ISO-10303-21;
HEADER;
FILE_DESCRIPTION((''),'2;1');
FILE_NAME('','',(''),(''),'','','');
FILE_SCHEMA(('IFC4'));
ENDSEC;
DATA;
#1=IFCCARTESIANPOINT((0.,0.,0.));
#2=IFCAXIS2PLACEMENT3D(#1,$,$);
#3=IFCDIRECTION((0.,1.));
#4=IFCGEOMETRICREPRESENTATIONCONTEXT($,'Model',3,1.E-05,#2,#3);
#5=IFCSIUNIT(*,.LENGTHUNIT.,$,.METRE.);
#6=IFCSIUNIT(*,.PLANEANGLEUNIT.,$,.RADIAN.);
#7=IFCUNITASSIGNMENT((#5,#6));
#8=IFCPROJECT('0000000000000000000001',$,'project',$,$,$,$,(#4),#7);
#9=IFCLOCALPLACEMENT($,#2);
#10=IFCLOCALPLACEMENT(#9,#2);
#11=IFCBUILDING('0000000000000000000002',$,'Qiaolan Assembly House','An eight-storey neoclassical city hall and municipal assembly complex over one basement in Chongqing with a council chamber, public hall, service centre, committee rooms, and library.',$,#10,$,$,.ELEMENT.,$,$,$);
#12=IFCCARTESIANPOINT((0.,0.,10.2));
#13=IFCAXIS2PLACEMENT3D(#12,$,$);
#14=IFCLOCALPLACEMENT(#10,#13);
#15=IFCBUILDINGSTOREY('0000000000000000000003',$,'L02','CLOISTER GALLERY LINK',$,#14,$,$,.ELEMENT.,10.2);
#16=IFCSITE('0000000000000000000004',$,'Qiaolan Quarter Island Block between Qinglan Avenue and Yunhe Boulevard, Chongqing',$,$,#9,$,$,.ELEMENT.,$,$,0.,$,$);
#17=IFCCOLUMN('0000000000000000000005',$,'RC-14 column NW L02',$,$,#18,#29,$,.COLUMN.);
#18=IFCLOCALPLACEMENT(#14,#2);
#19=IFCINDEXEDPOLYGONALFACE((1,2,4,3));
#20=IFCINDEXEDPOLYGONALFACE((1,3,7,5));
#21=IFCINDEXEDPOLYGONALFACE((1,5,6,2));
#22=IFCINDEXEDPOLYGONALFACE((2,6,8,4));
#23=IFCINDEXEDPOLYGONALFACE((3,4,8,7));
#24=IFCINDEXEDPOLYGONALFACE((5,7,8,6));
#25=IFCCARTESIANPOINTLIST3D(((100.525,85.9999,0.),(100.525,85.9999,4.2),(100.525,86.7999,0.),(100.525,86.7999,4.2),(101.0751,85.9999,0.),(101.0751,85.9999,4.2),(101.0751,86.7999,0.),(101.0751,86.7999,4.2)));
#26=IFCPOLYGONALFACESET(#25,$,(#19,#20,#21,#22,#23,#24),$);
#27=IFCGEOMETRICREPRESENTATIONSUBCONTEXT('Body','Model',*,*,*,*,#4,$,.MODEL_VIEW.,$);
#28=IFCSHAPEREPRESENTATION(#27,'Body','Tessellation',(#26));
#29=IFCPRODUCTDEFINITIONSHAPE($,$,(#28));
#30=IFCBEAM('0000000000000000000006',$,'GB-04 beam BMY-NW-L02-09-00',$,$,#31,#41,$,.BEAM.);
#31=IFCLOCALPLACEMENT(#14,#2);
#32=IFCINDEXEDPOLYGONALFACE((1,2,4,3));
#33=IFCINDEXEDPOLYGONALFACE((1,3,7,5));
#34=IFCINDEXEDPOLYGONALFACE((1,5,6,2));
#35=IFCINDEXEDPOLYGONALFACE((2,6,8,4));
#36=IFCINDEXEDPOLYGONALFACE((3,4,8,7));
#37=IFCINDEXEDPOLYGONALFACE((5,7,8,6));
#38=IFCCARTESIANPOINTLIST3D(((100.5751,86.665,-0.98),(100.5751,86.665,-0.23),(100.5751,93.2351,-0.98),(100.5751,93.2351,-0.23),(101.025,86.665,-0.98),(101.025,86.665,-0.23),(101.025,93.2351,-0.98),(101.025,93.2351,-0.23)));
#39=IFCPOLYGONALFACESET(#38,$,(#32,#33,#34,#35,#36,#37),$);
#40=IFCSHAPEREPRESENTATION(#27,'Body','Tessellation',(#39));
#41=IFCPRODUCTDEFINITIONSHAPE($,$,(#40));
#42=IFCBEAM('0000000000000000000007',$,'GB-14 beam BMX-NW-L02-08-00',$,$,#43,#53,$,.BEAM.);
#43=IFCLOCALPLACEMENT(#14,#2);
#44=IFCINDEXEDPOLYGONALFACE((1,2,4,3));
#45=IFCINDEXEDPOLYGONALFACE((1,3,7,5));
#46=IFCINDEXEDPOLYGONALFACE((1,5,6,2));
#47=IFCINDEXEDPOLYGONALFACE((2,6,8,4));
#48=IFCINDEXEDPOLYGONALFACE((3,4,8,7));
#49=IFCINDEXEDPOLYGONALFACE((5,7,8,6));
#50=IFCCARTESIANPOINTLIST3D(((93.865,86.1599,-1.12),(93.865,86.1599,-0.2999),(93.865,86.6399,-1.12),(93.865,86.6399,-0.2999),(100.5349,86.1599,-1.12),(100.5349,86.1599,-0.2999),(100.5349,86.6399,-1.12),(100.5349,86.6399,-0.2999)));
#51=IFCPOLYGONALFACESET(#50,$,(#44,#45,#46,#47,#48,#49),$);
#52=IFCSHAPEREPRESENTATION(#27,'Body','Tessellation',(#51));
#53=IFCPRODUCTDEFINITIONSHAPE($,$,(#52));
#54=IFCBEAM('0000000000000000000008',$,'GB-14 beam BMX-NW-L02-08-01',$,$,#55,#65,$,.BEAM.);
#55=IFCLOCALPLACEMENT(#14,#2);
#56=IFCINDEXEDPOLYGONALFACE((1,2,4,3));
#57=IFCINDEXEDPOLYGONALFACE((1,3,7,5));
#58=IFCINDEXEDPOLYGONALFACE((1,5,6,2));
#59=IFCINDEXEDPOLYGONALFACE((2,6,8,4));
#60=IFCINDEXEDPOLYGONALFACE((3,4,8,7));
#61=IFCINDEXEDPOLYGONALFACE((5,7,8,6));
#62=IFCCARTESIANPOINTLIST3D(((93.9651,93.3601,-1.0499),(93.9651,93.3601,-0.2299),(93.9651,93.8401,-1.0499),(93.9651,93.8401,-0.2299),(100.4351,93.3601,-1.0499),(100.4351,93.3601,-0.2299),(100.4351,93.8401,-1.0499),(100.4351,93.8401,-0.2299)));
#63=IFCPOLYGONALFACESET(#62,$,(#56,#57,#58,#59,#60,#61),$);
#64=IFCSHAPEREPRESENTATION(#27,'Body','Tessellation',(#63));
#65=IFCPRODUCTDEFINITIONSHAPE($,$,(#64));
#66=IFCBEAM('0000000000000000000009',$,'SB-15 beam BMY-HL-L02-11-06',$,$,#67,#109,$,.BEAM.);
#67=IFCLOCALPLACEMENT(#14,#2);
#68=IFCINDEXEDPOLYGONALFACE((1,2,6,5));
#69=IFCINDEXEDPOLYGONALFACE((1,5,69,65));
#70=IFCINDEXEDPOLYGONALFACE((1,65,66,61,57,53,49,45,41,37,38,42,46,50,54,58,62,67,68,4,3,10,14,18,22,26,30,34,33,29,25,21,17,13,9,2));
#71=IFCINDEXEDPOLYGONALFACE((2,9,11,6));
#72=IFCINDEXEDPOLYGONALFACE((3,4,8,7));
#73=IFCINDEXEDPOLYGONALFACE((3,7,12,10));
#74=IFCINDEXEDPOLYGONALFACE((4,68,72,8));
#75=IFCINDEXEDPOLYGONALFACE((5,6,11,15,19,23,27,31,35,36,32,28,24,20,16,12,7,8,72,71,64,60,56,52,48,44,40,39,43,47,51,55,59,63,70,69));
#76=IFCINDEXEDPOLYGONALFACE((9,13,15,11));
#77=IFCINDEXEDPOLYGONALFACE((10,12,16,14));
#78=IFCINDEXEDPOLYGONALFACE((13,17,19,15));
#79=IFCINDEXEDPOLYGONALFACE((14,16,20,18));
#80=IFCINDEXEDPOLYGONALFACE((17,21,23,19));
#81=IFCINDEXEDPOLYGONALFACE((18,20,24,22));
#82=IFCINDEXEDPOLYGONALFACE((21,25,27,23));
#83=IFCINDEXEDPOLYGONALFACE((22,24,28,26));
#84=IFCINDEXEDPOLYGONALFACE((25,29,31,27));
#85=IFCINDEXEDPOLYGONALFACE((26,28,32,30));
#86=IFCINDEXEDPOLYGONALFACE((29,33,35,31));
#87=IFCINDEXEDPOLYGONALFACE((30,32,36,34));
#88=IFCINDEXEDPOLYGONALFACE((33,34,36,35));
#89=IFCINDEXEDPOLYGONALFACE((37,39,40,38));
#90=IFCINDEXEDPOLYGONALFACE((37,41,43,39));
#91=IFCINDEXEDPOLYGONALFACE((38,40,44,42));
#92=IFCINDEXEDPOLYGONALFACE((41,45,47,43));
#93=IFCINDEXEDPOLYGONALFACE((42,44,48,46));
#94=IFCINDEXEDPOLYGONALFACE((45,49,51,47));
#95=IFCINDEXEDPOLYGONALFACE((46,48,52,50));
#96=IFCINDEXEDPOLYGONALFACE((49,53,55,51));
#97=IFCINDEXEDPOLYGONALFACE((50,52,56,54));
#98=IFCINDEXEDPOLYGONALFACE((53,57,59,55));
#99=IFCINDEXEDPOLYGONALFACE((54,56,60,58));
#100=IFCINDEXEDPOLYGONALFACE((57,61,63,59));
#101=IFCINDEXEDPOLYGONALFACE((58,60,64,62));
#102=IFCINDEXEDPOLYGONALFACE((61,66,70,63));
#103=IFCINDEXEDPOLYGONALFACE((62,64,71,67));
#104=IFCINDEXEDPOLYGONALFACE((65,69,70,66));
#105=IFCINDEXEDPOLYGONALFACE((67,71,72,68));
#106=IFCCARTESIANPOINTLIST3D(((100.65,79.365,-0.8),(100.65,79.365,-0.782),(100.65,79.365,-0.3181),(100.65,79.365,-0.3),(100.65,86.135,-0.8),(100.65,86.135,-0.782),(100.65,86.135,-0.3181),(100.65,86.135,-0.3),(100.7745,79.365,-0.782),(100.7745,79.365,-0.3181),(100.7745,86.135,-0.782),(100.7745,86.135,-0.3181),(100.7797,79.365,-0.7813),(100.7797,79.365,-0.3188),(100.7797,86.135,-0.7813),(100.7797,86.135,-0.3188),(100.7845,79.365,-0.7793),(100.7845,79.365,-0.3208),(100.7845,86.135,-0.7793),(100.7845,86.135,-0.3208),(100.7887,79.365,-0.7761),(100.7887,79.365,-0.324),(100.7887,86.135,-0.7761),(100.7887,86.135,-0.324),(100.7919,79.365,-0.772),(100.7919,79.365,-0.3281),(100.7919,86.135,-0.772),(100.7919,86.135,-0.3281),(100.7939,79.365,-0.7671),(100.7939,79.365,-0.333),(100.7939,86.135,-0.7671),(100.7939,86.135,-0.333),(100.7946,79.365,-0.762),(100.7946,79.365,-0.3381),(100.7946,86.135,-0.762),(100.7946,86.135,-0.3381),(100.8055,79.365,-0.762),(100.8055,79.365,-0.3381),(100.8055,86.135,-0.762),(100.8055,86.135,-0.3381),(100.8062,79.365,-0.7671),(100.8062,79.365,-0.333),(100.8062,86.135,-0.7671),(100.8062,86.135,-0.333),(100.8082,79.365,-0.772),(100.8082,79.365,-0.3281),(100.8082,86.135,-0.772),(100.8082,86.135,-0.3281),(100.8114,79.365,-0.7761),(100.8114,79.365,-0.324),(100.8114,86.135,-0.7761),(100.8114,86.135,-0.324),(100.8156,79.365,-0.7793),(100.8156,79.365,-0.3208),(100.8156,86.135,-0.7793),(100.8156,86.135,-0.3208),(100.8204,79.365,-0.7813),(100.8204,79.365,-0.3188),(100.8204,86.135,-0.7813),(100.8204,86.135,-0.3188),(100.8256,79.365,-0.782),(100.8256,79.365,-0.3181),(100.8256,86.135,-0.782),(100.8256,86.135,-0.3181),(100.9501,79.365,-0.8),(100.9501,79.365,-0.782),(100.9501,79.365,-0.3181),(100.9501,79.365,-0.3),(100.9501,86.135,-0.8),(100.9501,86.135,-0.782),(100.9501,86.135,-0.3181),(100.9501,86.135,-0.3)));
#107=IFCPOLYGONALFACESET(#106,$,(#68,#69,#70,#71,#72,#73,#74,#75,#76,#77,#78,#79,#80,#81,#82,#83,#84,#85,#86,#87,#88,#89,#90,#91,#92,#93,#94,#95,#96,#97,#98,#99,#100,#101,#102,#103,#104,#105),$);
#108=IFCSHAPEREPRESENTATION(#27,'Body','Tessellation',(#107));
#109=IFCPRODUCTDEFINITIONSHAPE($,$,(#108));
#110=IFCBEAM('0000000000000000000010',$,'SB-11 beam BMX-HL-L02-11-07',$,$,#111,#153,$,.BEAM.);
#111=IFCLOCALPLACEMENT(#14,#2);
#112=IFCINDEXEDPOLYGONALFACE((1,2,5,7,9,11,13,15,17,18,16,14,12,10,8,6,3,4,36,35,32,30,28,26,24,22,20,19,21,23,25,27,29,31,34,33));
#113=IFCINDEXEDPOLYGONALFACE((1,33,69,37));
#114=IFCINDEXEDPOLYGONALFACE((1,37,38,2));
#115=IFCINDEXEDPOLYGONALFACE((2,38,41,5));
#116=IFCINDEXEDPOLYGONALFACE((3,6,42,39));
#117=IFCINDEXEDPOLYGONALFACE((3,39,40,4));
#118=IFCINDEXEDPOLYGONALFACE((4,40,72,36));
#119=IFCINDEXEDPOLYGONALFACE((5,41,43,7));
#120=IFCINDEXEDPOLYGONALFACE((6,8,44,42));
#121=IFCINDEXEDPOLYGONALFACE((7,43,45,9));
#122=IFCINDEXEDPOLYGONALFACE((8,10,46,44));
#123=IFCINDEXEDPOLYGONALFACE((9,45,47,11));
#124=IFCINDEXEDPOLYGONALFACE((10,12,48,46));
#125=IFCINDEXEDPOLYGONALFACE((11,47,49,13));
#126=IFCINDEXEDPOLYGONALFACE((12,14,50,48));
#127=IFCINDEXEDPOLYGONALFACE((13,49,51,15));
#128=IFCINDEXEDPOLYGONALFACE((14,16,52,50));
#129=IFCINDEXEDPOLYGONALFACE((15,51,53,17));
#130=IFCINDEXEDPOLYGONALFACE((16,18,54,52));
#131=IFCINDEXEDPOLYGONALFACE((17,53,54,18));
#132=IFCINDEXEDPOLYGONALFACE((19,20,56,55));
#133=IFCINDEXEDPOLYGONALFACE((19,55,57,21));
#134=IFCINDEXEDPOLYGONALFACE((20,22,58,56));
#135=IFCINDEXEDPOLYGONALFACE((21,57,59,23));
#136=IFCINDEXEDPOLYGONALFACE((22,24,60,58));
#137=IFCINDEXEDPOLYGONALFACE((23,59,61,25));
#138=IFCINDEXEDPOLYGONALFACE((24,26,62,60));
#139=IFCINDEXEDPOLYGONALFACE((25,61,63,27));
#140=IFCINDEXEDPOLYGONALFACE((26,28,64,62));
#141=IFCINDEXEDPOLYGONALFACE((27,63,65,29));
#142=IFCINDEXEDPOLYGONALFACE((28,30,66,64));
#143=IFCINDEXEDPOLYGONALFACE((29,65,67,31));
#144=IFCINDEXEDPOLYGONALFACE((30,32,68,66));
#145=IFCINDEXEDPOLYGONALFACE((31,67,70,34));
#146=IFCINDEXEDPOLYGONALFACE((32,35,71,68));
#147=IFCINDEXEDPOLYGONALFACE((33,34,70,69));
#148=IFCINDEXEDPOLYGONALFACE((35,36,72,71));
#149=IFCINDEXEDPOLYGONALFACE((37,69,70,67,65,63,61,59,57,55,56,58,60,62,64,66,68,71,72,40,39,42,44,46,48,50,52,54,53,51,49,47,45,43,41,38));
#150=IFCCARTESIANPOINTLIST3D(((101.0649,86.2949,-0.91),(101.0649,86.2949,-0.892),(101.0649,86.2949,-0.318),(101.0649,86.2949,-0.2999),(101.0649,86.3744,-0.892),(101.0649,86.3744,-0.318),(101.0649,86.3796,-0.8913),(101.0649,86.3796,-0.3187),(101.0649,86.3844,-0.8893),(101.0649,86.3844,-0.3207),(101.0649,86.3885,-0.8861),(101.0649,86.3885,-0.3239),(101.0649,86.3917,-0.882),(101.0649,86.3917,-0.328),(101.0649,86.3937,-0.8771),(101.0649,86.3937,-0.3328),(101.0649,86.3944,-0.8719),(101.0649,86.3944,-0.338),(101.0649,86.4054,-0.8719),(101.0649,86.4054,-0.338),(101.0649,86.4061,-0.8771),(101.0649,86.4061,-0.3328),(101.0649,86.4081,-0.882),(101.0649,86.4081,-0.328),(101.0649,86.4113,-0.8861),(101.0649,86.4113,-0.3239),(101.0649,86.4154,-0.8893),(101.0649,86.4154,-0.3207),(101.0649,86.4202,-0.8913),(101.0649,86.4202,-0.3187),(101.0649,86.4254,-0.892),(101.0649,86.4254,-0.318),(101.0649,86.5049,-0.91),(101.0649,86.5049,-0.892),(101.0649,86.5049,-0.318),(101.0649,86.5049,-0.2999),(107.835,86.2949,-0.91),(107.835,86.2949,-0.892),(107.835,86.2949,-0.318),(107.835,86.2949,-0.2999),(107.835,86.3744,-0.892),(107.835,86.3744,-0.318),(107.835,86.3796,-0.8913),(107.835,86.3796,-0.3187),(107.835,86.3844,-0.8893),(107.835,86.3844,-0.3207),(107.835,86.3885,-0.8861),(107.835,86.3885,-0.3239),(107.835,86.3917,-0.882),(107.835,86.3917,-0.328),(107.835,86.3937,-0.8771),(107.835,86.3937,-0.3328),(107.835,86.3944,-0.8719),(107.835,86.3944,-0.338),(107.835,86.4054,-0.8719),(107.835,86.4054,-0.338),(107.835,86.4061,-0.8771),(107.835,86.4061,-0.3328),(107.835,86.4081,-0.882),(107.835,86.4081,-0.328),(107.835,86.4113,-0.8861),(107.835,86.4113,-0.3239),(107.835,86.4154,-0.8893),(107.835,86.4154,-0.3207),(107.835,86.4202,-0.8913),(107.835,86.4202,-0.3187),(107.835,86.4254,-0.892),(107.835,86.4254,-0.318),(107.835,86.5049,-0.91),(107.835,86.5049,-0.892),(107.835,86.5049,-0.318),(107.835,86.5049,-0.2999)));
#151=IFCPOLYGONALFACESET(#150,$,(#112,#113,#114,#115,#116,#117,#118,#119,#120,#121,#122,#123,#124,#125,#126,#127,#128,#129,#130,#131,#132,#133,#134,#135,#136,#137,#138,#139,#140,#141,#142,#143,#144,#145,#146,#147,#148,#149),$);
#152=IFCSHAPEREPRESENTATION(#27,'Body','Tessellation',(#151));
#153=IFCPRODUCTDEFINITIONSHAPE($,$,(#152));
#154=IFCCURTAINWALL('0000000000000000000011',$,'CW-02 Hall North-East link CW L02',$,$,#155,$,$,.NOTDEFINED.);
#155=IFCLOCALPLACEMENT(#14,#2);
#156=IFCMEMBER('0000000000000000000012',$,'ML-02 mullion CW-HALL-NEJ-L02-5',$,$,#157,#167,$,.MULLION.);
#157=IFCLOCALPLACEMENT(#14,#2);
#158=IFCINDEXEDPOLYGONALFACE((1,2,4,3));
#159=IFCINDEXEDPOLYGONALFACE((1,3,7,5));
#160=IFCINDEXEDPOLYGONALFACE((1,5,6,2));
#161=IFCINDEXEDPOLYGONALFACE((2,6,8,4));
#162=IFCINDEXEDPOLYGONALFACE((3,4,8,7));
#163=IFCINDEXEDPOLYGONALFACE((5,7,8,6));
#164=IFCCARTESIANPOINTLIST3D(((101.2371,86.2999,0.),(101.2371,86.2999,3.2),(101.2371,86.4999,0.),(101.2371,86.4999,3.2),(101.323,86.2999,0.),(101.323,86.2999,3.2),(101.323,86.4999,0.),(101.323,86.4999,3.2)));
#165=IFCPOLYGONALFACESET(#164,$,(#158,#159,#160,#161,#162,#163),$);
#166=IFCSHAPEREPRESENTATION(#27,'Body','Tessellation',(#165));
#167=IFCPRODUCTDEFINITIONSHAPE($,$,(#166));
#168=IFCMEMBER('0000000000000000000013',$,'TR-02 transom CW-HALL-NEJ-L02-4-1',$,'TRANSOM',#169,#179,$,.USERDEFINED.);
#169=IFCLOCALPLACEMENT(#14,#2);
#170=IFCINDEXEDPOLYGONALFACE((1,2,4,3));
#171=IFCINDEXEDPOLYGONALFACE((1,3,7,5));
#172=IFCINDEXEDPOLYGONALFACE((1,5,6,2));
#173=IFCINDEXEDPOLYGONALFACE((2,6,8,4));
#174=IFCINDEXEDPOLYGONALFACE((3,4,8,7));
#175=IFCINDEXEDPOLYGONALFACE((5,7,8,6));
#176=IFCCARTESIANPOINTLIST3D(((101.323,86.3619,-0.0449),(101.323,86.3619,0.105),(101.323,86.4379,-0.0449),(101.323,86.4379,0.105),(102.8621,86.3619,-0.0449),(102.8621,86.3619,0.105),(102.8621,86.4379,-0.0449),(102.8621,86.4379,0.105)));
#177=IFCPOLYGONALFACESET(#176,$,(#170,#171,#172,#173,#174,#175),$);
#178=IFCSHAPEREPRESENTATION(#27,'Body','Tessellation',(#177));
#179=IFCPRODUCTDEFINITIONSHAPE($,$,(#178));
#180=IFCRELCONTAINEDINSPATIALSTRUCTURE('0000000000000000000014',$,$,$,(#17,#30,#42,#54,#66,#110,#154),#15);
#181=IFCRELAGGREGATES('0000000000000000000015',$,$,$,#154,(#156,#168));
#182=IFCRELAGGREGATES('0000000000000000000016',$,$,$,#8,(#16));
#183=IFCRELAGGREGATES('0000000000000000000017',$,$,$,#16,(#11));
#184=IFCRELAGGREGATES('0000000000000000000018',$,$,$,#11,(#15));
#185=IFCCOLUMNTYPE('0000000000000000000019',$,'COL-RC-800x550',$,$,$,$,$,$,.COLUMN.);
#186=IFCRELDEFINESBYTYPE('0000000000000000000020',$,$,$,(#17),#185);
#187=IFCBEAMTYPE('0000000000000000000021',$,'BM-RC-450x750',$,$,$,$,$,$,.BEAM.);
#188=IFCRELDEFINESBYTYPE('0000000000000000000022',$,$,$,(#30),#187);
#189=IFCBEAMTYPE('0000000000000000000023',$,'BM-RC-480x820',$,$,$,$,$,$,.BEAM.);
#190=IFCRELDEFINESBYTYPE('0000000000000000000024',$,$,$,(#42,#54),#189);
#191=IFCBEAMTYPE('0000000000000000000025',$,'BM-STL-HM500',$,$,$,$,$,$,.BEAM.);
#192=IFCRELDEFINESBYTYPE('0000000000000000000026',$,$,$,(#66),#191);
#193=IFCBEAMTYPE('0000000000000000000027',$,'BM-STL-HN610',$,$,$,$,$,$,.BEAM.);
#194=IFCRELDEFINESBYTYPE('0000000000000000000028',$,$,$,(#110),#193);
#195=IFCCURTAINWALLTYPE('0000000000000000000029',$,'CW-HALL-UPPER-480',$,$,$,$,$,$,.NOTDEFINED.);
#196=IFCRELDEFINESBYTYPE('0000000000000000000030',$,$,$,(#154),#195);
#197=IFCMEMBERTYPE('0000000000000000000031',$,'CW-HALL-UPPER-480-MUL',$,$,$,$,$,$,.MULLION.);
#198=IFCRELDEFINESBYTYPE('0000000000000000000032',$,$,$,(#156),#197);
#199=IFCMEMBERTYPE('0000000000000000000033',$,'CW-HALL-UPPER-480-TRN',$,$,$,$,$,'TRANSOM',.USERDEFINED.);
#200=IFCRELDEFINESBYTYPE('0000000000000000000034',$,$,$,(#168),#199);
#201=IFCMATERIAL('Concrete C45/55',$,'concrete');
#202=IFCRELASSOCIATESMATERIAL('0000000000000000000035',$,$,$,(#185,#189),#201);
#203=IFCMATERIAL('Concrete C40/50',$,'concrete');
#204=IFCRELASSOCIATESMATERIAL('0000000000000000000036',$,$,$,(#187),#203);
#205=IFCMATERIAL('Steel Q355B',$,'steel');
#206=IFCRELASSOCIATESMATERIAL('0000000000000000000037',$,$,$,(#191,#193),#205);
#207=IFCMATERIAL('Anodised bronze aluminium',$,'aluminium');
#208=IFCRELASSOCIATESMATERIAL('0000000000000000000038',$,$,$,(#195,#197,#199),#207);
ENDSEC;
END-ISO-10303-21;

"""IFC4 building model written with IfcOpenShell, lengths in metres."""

from ifc_helpers import new_model, si_unit, direction, frame, origin, origin_2d, place, context, subcontext, project, spatial, rectangle, i_section, extrude, material, material_profile, profile_set, type_object, element, aggregate, save


model = new_model("IFC4")

# Units and contexts
model_context = context("Model", 3, precision=1e-05, world=origin(), true_north=direction((0.0, 1.0)))
body_context = subcontext(model_context, "Body", "Model", "MODEL_VIEW")
ifc_project = project(units=[si_unit("LENGTHUNIT", "METRE"), si_unit("PLANEANGLEUNIT", "RADIAN")], contexts=[model_context])

# Site, building, storey
site_placement = place(None, origin())
site = spatial("IfcSite", under=ifc_project, at=site_placement, Name="Qiaolan Quarter Island Block between Qinglan Avenue and Yunhe Boulevard, Chongqing", CompositionType="ELEMENT", RefElevation=0.0)
building_placement = place(site_placement, origin())
building = spatial("IfcBuilding", under=site, at=building_placement, Name="Qiaolan Assembly House", Description="An eight-storey neoclassical city hall and municipal assembly complex over one basement in Chongqing with a council chamber, public hall, service centre, committee rooms, and library.", CompositionType="ELEMENT")
storey_placement = place(building_placement, frame((0.0, 0.0, 10.2)))
storey = spatial("IfcBuildingStorey", under=building, at=storey_placement, Name="L02", Description="CLOISTER GALLERY LINK", CompositionType="ELEMENT", Elevation=10.2)

# Column
ifc_material_1 = material(Name="Concrete C45/55", Category="concrete")
ifc_material_profile_1 = material_profile(ifc_material_1, rectangle(XDim=0.55, YDim=0.8, at=origin_2d()), Name="RC 800x550")
ifc_profile_set_1 = profile_set([ifc_material_profile_1], Name="Concrete C45/55")
column_type = type_object("IfcColumnType", Name="COL-RC-800x550", PredefinedType="COLUMN", material=ifc_profile_set_1)
column_placement = place(storey_placement, frame((100.8, 86.3999, 0.0), z_axis=(0.0, 0.0, 1.0), x_axis=(1.0, 0.0, 0.0)))
element("IfcColumn", 1, at=column_placement, inside=storey, type_object=column_type, Name="RC-14 column NW L02", PredefinedType="COLUMN", context=body_context, shape_type="SweptSolid", body=[
    extrude(rectangle(XDim=0.55, YDim=0.8, at=origin_2d()), origin(), (0.0, 0.0, 1.0), 4.2),
])

# Beams
ifc_material_2 = material(Name="Concrete C40/50", Category="concrete")
ifc_material_profile_2 = material_profile(ifc_material_2, rectangle(XDim=0.45, YDim=0.75, at=origin_2d()), Name="RCB 450x750")
ifc_profile_set_2 = profile_set([ifc_material_profile_2], Name="Concrete C40/50")
beam_type_1 = type_object("IfcBeamType", Name="BM-RC-450x750", PredefinedType="BEAM", material=ifc_profile_set_2)
beam_1_placement = place(storey_placement, frame((100.8, 86.665, -0.605), z_axis=(0.0, 1.0, 0.0), x_axis=(-1.0, 0.0, 0.0)))
element("IfcBeam", 2, at=beam_1_placement, inside=storey, type_object=beam_type_1, Name="GB-04 beam BMY-NW-L02-09-00", PredefinedType="BEAM", context=body_context, shape_type="SweptSolid", body=[
    extrude(rectangle(XDim=0.45, YDim=0.75, at=origin_2d()), origin(), (0.0, 0.0, 1.0), 6.5701),
])
ifc_material_profile_3 = material_profile(ifc_material_1, rectangle(XDim=0.48, YDim=0.8201, at=origin_2d()), Name="RCB 480x820")
ifc_profile_set_3 = profile_set([ifc_material_profile_3], Name="Concrete C45/55")
beam_type_2 = type_object("IfcBeamType", Name="BM-RC-480x820", PredefinedType="BEAM", material=ifc_profile_set_3)
beam_2_placement = place(storey_placement, frame((93.865, 86.3999, -0.71), z_axis=(1.0, 0.0, 0.0), x_axis=(0.0, 1.0, 0.0)))
element("IfcBeam", 3, at=beam_2_placement, inside=storey, type_object=beam_type_2, Name="GB-14 beam BMX-NW-L02-08-00", PredefinedType="BEAM", context=body_context, shape_type="SweptSolid", body=[
    extrude(rectangle(XDim=0.48, YDim=0.8201, at=origin_2d()), origin(), (0.0, 0.0, 1.0), 6.6699),
])
beam_3_placement = place(storey_placement, frame((93.9651, 93.6001, -0.6399), z_axis=(1.0, 0.0, 0.0), x_axis=(0.0, 1.0, 0.0)))
element("IfcBeam", 4, at=beam_3_placement, inside=storey, type_object=beam_type_2, Name="GB-14 beam BMX-NW-L02-08-01", PredefinedType="BEAM", context=body_context, shape_type="SweptSolid", body=[
    extrude(rectangle(XDim=0.48, YDim=0.8201, at=origin_2d()), origin(), (0.0, 0.0, 1.0), 6.47),
])
ifc_material_3 = material(Name="Steel Q355B", Category="steel")
ifc_material_profile_4 = material_profile(ifc_material_3, i_section(OverallWidth=0.3, OverallDepth=0.5, WebThickness=0.011, FlangeThickness=0.0181, FilletRadius=0.02, at=origin_2d()), Name="HM 500x300x11x18")
ifc_profile_set_4 = profile_set([ifc_material_profile_4], Name="Steel Q355B")
beam_type_3 = type_object("IfcBeamType", Name="BM-STL-HM500", PredefinedType="BEAM", material=ifc_profile_set_4)
beam_4_placement = place(storey_placement, frame((100.8, 79.365, -0.55), z_axis=(0.0, 1.0, 0.0), x_axis=(-1.0, 0.0, 0.0)))
element("IfcBeam", 5, at=beam_4_placement, inside=storey, type_object=beam_type_3, Name="SB-15 beam BMY-HL-L02-11-06", PredefinedType="BEAM", context=body_context, shape_type="SweptSolid", body=[
    extrude(i_section(OverallWidth=0.3, OverallDepth=0.5, WebThickness=0.011, FlangeThickness=0.0181, FilletRadius=0.02, at=origin_2d()), origin(), (0.0, 0.0, 1.0), 6.77),
])
ifc_material_profile_5 = material_profile(ifc_material_3, i_section(OverallWidth=0.21, OverallDepth=0.6101, WebThickness=0.011, FlangeThickness=0.0181, FilletRadius=0.02, at=origin_2d()), Name="HN 610x210x11x18")
ifc_profile_set_5 = profile_set([ifc_material_profile_5], Name="Steel Q355B")
beam_type_4 = type_object("IfcBeamType", Name="BM-STL-HN610", PredefinedType="BEAM", material=ifc_profile_set_5)
beam_5_placement = place(storey_placement, frame((101.0649, 86.3999, -0.605), z_axis=(1.0, 0.0, 0.0), x_axis=(0.0, 1.0, 0.0)))
element("IfcBeam", 6, at=beam_5_placement, inside=storey, type_object=beam_type_4, Name="SB-11 beam BMX-HL-L02-11-07", PredefinedType="BEAM", context=body_context, shape_type="SweptSolid", body=[
    extrude(i_section(OverallWidth=0.21, OverallDepth=0.6101, WebThickness=0.011, FlangeThickness=0.0181, FilletRadius=0.02, at=origin_2d()), origin(), (0.0, 0.0, 1.0), 6.77),
])

# Curtain wall, members
ifc_material_4 = material(Name="Anodised bronze aluminium", Category="aluminium")
curtain_wall_type = type_object("IfcCurtainWallType", Name="CW-HALL-UPPER-480", PredefinedType="NOTDEFINED", material=ifc_material_4)
curtain_wall_placement = place(storey_placement, origin())
curtain_wall = element("IfcCurtainWall", 7, at=curtain_wall_placement, inside=storey, type_object=curtain_wall_type, Name="CW-02 Hall North-East link CW L02", PredefinedType="NOTDEFINED")
ifc_material_profile_6 = material_profile(ifc_material_4, rectangle(XDim=0.0859, YDim=0.2, at=origin_2d()), Name="MUL 86x200")
ifc_profile_set_6 = profile_set([ifc_material_profile_6], Name="Anodised bronze aluminium")
member_type_1 = type_object("IfcMemberType", Name="CW-HALL-UPPER-480-MUL", PredefinedType="MULLION", material=ifc_profile_set_6)
member_1_placement = place(storey_placement, frame((101.28, 86.3999, 0.0), z_axis=(0.0, 0.0, 1.0), x_axis=(-1.0, 0.0, 0.0)))
member_1 = element("IfcMember", 8, at=member_1_placement, type_object=member_type_1, Name="ML-02 mullion CW-HALL-NEJ-L02-5", PredefinedType="MULLION", context=body_context, shape_type="SweptSolid", body=[
    extrude(rectangle(XDim=0.0859, YDim=0.2, at=origin_2d()), origin(), (0.0, 0.0, 1.0), 3.2),
])
ifc_material_profile_7 = material_profile(ifc_material_4, rectangle(XDim=0.0759, YDim=0.1499, at=origin_2d()), Name="TRN 76x150")
ifc_profile_set_7 = profile_set([ifc_material_profile_7], Name="Anodised bronze aluminium")
member_type_2 = type_object("IfcMemberType", Name="CW-HALL-UPPER-480-TRN", ElementType="TRANSOM", PredefinedType="USERDEFINED", material=ifc_profile_set_7)
member_2_placement = place(storey_placement, frame((102.8621, 86.3999, 0.03), z_axis=(-1.0, 0.0, 0.0), x_axis=(0.0, -1.0, 0.0)))
member_2 = element("IfcMember", 9, at=member_2_placement, type_object=member_type_2, Name="TR-02 transom CW-HALL-NEJ-L02-4-1", ObjectType="TRANSOM", PredefinedType="USERDEFINED", context=body_context, shape_type="SweptSolid", body=[
    extrude(rectangle(XDim=0.0759, YDim=0.1499, at=origin_2d()), origin(), (0.0, 0.0, 1.0), 1.5391),
])

aggregate(curtain_wall, [member_1, member_2])

save(model, "model.ifc")
